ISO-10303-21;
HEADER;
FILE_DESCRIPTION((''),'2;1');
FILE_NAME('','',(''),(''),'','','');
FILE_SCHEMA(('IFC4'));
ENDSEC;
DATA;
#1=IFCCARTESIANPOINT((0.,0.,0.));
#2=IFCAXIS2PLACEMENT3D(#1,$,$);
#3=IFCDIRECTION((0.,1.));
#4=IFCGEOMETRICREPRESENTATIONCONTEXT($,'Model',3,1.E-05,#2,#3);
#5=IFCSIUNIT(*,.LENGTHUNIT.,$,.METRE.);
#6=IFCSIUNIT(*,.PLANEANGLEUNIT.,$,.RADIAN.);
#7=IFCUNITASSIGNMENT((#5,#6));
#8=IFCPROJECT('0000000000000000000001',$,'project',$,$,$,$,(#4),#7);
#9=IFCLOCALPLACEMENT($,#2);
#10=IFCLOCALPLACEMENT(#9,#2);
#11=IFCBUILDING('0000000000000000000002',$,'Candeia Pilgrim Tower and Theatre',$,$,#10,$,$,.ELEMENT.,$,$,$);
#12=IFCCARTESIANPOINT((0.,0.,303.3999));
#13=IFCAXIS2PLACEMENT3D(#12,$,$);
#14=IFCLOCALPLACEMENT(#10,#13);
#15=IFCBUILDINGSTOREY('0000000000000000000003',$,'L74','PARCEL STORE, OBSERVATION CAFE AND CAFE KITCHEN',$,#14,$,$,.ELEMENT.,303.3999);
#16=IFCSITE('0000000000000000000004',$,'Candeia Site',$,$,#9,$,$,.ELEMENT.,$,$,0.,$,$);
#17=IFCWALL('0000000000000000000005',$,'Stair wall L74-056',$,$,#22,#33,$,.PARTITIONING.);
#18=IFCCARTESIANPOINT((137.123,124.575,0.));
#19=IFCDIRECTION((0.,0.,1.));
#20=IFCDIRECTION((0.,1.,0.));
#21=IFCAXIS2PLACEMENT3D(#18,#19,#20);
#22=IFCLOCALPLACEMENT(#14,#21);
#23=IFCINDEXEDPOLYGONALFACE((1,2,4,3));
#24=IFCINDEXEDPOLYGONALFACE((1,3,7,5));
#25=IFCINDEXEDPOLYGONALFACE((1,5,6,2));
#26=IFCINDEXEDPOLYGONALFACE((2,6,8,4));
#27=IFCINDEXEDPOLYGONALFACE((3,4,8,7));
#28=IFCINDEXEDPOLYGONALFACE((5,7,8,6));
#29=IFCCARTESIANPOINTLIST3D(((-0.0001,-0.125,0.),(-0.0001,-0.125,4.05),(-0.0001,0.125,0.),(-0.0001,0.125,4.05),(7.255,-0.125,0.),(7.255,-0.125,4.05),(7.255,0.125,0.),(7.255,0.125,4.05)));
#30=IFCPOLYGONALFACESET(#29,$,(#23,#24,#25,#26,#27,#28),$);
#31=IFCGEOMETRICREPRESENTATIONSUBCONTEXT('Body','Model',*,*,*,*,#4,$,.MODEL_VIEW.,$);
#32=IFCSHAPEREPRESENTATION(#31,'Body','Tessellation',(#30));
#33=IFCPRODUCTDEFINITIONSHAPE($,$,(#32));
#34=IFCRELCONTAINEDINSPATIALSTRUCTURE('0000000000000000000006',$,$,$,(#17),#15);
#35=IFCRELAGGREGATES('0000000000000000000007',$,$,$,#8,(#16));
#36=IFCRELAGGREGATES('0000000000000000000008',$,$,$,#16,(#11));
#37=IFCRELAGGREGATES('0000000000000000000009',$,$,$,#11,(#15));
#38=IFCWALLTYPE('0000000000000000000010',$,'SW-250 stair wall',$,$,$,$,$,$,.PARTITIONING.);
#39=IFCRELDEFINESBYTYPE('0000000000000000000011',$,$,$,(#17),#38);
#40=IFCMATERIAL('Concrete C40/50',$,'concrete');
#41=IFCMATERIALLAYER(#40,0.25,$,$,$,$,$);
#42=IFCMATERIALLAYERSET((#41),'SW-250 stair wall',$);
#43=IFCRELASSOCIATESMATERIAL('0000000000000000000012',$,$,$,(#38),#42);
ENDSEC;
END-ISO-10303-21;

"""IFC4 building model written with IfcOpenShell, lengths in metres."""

from ifc_helpers import new_model, si_unit, direction, frame, frame_2d, origin, place, context, subcontext, project, spatial, rectangle, extrude, material, layer, layer_set, type_object, element, save


model = new_model("IFC4")

# Units and contexts
model_context = context("Model", 3, precision=1e-05, world=origin(), true_north=direction((0.0, 1.0)))
body_context = subcontext(model_context, "Body", "Model", "MODEL_VIEW")
ifc_project = project(units=[si_unit("LENGTHUNIT", "METRE"), si_unit("PLANEANGLEUNIT", "RADIAN")], contexts=[model_context])

# Site, building, storey
site_placement = place(None, origin())
site = spatial("IfcSite", under=ifc_project, at=site_placement, Name="Candeia Site", CompositionType="ELEMENT", RefElevation=0.0)
building_placement = place(site_placement, origin())
building = spatial("IfcBuilding", under=site, at=building_placement, Name="Candeia Pilgrim Tower and Theatre", CompositionType="ELEMENT")
storey_placement = place(building_placement, frame((0.0, 0.0, 303.3999)))
storey = spatial("IfcBuildingStorey", under=building, at=storey_placement, Name="L74", Description="PARCEL STORE, OBSERVATION CAFE AND CAFE KITCHEN", CompositionType="ELEMENT", Elevation=303.3999)

# Shared definitions
ifc_material_1 = material(Name="Concrete C40/50", Category="concrete")

# Shared definitions
ifc_layer_1 = layer(ifc_material_1, 0.25)
ifc_layer_set_1 = layer_set([ifc_layer_1], Name="SW-250 stair wall")
wall_type_1 = type_object("IfcWallType", Name="SW-250 stair wall", PredefinedType="PARTITIONING", material=ifc_layer_set_1)

# Wall
wall_1_placement = place(storey_placement, frame((137.123, 124.575, 0.0), z_axis=(0.0, 0.0, 1.0), x_axis=(0.0, 1.0, 0.0)))
element("IfcWall", 1, at=wall_1_placement, inside=storey, type_object=wall_type_1, Name="Stair wall L74-056", PredefinedType="PARTITIONING", context=body_context, shape_type="SweptSolid", body=[
    extrude(rectangle(XDim=7.2551, YDim=0.25, at=frame_2d((3.6274, 0.0))), origin(), (0.0, 0.0, 1.0), 4.05),
])

save(model, "model.ifc")
